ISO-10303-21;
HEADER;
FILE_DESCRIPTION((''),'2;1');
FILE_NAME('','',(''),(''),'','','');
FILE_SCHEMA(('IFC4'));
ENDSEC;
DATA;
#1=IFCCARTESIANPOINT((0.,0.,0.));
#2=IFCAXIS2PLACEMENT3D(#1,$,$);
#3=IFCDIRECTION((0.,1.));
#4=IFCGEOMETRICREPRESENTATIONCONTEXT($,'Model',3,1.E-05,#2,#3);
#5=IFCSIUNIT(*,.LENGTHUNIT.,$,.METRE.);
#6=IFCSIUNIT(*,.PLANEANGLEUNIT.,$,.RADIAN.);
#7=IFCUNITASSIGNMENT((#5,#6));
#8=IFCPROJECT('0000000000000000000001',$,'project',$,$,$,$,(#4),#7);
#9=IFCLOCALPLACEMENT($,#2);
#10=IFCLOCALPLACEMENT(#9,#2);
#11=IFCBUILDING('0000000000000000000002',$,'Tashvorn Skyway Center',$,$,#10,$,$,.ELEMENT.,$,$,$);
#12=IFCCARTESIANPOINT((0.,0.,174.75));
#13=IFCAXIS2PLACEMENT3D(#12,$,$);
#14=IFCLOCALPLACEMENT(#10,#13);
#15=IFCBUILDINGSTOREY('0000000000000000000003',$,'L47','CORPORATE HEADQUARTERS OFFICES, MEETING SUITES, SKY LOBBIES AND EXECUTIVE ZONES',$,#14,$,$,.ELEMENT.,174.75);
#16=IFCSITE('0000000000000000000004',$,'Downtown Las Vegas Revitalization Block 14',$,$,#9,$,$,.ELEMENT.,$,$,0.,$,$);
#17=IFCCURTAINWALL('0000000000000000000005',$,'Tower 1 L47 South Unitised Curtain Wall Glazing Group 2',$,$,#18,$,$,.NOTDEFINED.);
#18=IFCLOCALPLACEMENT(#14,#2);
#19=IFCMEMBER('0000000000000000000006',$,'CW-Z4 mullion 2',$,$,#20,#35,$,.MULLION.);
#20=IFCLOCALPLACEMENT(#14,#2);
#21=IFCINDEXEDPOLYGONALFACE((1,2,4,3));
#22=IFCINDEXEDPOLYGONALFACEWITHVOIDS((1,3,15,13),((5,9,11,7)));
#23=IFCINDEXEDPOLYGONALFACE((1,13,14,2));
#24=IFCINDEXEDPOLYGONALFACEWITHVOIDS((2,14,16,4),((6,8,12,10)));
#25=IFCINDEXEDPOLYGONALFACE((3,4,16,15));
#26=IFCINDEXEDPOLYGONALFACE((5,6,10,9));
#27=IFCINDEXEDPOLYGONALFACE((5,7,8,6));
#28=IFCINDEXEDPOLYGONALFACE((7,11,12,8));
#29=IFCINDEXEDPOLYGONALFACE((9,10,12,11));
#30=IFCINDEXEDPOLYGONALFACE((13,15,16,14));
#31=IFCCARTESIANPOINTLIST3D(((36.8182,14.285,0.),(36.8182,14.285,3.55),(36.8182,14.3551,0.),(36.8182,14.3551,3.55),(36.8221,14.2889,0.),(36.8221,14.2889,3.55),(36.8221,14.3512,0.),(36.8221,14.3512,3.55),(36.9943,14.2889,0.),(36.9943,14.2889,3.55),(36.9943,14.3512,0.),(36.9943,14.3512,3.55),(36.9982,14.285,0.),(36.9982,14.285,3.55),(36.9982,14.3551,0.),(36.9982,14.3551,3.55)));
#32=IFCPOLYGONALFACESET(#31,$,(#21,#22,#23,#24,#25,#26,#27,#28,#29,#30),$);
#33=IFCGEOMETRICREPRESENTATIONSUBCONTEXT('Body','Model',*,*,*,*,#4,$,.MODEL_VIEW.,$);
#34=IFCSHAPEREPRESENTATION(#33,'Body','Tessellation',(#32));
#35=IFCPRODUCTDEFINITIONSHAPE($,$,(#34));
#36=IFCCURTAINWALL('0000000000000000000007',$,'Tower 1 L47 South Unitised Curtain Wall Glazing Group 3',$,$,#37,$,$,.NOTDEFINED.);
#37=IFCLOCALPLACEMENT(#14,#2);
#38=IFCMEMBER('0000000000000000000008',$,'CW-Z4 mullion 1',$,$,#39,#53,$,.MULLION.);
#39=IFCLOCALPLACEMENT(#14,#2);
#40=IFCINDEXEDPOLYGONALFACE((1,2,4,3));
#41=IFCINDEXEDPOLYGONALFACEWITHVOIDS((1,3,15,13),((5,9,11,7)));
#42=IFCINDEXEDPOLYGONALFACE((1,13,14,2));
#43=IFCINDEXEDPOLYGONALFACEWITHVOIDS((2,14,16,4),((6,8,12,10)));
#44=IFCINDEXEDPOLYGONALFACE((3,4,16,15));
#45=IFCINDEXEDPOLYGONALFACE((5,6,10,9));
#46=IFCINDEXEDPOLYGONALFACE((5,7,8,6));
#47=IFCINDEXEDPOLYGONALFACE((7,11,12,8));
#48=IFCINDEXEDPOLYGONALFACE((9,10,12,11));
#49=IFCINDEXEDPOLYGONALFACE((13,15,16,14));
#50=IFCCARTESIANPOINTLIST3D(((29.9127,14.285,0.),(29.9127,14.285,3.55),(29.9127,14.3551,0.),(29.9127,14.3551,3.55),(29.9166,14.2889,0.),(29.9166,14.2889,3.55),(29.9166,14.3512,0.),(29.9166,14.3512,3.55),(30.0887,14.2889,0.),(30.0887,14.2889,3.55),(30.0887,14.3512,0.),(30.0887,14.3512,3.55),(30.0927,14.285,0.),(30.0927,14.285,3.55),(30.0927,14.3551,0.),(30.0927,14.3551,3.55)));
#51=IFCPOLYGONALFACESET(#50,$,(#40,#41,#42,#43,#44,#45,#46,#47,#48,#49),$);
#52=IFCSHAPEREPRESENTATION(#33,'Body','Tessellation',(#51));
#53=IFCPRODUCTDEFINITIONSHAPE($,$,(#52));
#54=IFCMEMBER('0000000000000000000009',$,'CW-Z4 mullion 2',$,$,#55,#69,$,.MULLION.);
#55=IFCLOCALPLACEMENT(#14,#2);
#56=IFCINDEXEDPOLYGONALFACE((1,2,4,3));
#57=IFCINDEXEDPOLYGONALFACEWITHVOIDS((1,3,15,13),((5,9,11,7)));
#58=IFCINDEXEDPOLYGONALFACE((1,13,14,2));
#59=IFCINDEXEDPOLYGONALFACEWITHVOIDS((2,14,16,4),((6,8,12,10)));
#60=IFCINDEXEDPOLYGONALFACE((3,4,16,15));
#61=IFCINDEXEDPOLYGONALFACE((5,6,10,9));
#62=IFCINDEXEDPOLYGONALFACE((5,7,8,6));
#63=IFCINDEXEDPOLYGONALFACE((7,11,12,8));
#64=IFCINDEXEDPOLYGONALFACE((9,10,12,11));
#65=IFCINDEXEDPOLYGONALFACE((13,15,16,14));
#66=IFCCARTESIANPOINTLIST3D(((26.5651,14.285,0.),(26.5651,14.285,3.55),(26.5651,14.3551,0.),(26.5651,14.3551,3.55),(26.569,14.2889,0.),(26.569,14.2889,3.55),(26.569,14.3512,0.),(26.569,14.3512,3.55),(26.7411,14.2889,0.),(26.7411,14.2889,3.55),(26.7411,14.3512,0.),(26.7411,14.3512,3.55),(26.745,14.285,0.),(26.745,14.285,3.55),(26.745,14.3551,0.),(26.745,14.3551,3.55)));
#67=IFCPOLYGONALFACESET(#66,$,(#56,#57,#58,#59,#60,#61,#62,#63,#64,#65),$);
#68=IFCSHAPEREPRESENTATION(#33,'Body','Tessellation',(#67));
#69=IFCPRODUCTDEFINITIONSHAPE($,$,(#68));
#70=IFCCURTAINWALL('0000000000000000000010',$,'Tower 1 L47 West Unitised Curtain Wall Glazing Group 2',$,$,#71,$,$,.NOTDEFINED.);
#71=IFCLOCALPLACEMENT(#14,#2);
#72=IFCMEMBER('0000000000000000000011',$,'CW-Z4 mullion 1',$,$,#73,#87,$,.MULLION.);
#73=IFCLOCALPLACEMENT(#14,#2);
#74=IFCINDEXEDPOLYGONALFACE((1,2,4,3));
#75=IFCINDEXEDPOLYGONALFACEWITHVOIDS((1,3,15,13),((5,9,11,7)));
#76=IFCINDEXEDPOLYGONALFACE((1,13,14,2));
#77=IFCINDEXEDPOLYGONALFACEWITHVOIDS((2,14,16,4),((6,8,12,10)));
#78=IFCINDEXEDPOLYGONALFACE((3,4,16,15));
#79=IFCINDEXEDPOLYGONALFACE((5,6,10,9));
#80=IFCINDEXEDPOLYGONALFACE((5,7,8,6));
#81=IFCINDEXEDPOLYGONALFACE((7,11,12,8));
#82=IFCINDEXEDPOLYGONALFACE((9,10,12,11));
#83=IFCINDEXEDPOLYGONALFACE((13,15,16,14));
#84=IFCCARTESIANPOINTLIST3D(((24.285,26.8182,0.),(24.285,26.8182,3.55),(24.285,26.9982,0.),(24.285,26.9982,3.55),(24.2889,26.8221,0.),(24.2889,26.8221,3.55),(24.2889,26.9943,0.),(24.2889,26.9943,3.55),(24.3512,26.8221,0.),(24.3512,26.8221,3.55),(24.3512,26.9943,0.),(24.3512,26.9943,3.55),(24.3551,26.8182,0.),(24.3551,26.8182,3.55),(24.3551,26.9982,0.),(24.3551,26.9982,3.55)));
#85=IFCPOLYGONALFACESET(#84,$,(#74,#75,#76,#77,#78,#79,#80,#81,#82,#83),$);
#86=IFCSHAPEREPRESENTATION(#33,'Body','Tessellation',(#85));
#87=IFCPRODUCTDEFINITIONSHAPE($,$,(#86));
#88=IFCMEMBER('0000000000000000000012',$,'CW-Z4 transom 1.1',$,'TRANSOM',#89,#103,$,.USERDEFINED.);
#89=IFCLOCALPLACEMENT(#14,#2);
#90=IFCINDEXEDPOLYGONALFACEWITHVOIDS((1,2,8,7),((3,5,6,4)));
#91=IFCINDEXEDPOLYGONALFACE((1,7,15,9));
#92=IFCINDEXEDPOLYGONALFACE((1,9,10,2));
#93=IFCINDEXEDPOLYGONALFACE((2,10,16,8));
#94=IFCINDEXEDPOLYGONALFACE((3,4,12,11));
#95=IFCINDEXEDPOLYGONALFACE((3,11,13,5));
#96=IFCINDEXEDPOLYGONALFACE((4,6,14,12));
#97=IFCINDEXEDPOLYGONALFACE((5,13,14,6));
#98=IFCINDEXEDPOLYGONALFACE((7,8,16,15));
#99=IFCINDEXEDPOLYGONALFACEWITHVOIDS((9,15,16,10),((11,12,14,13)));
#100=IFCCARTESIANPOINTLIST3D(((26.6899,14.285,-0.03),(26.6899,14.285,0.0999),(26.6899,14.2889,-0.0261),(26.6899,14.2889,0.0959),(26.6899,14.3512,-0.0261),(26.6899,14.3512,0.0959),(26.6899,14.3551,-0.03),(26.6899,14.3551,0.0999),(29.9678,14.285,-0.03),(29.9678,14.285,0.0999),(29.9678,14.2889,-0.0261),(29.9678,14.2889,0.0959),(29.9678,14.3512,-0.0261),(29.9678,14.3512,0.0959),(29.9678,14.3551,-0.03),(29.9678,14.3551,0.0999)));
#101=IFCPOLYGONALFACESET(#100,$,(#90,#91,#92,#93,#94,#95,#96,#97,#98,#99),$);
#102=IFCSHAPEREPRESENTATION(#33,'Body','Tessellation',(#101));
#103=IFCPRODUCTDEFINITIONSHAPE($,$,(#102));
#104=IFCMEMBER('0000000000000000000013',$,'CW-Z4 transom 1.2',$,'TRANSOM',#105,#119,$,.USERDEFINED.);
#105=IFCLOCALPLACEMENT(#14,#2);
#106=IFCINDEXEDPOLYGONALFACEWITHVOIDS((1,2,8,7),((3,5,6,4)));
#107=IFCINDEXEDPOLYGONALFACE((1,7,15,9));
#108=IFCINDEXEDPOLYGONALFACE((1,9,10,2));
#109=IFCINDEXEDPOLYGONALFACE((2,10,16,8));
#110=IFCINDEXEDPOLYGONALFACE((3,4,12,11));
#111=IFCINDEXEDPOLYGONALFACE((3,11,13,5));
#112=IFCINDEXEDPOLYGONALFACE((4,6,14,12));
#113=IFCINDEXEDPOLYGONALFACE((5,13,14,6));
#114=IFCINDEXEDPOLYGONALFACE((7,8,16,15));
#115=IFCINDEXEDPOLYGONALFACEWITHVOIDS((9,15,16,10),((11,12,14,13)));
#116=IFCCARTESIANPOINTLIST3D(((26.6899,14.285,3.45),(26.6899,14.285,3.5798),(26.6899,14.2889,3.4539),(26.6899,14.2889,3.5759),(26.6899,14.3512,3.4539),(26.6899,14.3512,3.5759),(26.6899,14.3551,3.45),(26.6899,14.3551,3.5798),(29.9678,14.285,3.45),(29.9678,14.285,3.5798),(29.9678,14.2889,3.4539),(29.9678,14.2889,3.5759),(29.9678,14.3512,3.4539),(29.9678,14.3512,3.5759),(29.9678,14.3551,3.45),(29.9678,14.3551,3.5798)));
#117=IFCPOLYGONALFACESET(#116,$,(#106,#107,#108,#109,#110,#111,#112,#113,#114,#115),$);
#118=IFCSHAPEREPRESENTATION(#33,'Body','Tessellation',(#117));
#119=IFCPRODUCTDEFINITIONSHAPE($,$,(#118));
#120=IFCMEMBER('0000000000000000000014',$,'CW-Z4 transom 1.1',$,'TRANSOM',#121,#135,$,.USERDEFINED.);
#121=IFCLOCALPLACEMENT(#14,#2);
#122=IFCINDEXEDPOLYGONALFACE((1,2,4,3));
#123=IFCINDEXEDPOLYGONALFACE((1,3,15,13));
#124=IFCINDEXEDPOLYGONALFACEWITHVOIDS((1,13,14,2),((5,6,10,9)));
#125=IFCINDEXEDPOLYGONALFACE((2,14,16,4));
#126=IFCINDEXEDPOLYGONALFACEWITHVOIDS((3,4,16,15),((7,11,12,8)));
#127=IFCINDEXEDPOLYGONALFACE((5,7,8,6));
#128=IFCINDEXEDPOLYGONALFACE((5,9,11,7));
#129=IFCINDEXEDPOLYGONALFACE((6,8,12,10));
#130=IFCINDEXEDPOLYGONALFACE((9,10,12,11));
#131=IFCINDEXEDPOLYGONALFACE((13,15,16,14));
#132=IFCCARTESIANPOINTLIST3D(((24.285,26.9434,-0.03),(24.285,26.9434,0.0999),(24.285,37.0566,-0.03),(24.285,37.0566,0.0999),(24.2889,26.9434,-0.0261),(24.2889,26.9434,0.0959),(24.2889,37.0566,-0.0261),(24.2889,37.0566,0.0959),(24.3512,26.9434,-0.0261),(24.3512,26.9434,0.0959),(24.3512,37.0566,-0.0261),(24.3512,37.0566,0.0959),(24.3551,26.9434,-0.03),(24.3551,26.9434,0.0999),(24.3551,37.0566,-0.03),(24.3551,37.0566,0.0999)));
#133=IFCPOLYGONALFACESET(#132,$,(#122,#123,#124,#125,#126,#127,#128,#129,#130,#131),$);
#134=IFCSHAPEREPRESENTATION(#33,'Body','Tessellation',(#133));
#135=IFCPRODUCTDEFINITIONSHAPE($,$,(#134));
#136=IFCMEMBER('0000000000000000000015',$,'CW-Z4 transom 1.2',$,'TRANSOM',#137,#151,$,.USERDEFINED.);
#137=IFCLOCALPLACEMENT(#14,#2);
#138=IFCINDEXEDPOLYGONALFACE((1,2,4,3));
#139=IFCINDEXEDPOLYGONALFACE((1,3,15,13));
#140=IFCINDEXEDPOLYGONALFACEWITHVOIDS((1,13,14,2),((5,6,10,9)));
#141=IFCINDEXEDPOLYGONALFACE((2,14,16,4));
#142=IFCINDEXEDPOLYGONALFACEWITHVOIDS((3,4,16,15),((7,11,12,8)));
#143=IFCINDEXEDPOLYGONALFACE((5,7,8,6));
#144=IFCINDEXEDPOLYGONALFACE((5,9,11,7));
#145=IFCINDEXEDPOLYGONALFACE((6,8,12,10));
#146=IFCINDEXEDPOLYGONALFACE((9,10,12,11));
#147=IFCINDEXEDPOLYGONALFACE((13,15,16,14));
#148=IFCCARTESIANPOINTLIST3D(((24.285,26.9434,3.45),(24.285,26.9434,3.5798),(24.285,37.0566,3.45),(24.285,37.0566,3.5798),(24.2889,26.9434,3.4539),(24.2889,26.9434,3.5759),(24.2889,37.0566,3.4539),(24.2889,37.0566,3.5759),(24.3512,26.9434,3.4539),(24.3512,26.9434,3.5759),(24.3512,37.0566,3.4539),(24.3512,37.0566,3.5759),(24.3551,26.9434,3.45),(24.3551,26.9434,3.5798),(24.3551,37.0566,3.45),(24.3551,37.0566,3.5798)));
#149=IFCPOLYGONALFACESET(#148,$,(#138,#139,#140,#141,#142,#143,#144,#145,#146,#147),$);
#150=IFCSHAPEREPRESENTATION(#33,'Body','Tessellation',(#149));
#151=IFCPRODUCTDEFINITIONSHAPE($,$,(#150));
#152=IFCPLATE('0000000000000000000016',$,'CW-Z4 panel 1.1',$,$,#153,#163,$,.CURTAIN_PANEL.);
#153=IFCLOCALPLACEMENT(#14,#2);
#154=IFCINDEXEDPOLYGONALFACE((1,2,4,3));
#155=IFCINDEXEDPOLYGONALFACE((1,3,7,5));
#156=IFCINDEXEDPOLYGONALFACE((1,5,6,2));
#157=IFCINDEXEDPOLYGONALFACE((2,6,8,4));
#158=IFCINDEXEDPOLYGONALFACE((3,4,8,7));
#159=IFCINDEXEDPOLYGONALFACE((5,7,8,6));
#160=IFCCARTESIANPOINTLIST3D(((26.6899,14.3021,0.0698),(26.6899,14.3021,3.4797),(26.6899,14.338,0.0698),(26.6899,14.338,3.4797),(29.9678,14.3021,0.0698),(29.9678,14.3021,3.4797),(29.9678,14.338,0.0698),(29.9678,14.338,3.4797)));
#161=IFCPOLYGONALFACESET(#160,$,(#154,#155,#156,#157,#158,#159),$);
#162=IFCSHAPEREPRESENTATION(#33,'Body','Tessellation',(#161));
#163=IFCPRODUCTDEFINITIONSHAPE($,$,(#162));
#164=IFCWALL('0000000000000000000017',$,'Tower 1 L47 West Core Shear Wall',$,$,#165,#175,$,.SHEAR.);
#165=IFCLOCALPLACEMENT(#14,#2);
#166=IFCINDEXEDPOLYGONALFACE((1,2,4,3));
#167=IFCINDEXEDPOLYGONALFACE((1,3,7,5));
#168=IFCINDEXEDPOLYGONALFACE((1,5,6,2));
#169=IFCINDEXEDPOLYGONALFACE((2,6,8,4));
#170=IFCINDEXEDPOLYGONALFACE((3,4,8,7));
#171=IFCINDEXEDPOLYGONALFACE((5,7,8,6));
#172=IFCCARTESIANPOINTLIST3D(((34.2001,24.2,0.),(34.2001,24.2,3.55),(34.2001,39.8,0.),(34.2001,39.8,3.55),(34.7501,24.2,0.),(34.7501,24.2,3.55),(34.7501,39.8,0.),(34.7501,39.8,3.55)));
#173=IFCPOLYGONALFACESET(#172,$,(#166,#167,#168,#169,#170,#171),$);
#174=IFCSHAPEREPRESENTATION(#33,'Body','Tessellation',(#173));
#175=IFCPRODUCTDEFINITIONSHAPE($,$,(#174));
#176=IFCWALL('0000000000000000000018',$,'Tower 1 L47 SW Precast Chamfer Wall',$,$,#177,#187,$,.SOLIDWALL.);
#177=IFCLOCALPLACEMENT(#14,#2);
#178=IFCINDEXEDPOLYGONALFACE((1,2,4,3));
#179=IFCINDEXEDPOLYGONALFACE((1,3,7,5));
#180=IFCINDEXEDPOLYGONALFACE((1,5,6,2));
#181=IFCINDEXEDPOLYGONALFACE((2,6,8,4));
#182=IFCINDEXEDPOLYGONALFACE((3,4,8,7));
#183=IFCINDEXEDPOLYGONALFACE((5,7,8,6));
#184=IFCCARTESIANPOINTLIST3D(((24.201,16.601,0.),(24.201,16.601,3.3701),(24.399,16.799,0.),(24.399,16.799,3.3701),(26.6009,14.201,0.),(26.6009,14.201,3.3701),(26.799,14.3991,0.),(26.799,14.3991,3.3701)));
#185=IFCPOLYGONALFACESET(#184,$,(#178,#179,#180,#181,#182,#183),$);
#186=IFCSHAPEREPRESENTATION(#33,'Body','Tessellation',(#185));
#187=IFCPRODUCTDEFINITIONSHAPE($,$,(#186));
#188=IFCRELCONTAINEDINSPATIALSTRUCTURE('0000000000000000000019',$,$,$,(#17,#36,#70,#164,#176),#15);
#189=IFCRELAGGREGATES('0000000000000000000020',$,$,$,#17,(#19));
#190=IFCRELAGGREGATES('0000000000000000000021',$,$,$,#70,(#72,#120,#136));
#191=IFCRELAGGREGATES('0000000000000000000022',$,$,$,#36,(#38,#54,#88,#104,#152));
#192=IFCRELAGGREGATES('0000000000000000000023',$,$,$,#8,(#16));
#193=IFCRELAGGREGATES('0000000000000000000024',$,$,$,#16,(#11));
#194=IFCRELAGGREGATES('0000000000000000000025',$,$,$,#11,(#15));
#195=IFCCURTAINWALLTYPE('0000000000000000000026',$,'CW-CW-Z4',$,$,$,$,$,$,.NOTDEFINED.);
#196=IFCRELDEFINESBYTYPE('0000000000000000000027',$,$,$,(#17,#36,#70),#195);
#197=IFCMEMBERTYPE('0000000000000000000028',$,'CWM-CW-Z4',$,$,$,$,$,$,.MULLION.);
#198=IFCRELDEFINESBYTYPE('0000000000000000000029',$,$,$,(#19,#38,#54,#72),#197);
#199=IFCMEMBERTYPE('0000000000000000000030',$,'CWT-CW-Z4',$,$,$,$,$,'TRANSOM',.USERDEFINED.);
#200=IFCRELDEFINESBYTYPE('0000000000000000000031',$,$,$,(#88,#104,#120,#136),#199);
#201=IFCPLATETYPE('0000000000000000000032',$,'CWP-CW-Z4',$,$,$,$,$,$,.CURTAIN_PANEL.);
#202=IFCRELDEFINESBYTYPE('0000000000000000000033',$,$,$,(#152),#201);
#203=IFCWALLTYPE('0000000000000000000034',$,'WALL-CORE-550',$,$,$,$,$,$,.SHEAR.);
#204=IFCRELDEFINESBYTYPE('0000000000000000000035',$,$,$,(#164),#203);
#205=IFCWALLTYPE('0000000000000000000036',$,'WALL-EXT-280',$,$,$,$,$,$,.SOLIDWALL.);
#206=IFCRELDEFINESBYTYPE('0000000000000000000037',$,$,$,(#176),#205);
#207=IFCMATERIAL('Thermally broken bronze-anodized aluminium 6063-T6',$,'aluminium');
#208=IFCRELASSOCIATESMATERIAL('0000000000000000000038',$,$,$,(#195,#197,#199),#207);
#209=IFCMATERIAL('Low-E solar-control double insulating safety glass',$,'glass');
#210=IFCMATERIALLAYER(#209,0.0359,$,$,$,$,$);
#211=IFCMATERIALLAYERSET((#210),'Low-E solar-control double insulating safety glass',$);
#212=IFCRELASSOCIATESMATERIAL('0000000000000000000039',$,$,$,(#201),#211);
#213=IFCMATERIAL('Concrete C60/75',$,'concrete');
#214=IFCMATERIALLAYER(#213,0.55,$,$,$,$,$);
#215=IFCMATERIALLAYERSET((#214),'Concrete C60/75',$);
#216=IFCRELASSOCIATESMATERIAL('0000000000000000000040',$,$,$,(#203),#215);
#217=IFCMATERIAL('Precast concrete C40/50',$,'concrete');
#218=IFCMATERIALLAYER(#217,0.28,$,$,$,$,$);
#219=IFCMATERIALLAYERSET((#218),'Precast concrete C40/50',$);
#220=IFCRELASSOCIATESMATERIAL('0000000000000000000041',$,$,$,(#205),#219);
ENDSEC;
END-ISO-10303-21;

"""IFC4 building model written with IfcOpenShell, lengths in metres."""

from ifc_helpers import new_model, si_unit, direction, frame, frame_2d, origin, origin_2d, place, context, subcontext, project, spatial, rectangle, hollow_rectangle, extrude, material, layer, layer_set, material_profile, profile_set, type_object, element, aggregate, save


model = new_model("IFC4")

# Units and contexts
model_context = context("Model", 3, precision=1e-05, world=origin(), true_north=direction((0.0, 1.0)))
body_context = subcontext(model_context, "Body", "Model", "MODEL_VIEW")
ifc_project = project(units=[si_unit("LENGTHUNIT", "METRE"), si_unit("PLANEANGLEUNIT", "RADIAN")], contexts=[model_context])

# Site, building, storey
site_placement = place(None, origin())
site = spatial("IfcSite", under=ifc_project, at=site_placement, Name="Downtown Las Vegas Revitalization Block 14", CompositionType="ELEMENT", RefElevation=0.0)
building_placement = place(site_placement, origin())
building = spatial("IfcBuilding", under=site, at=building_placement, Name="Tashvorn Skyway Center", CompositionType="ELEMENT")
storey_placement = place(building_placement, frame((0.0, 0.0, 174.75)))
storey = spatial("IfcBuildingStorey", under=building, at=storey_placement, Name="L47", Description="CORPORATE HEADQUARTERS OFFICES, MEETING SUITES, SKY LOBBIES AND EXECUTIVE ZONES", CompositionType="ELEMENT", Elevation=174.75)

# Curtain wall, member
ifc_material_1 = material(Name="Thermally broken bronze-anodized aluminium 6063-T6", Category="aluminium")
curtain_wall_type = type_object("IfcCurtainWallType", Name="CW-CW-Z4", PredefinedType="NOTDEFINED", material=ifc_material_1)
curtain_wall_1_placement = place(storey_placement, origin())
curtain_wall_1 = element("IfcCurtainWall", 1, at=curtain_wall_1_placement, inside=storey, type_object=curtain_wall_type, Name="Tower 1 L47 South Unitised Curtain Wall Glazing Group 2", PredefinedType="NOTDEFINED")
ifc_material_profile_1 = material_profile(ifc_material_1, hollow_rectangle(XDim=0.0701, YDim=0.1799, WallThickness=0.0039, at=origin_2d()), Name="ALU-MULL-70x180")
ifc_profile_set_1 = profile_set([ifc_material_profile_1], Name="Thermally broken bronze-anodized aluminium 6063-T6")
member_type_1 = type_object("IfcMemberType", Name="CWM-CW-Z4", PredefinedType="MULLION", material=ifc_profile_set_1)
member_1_placement = place(storey_placement, frame((36.9082, 14.3201, 0.0), z_axis=(0.0, 0.0, 1.0), x_axis=(0.0, -1.0, 0.0)))
member_1 = element("IfcMember", 2, at=member_1_placement, type_object=member_type_1, Name="CW-Z4 mullion 2", PredefinedType="MULLION", context=body_context, shape_type="SweptSolid", body=[
    extrude(hollow_rectangle(XDim=0.0701, YDim=0.1799, WallThickness=0.0039, at=origin_2d()), origin(), (0.0, 0.0, 1.0), 3.55),
])
aggregate(curtain_wall_1, [member_1])

# Curtain wall, members
curtain_wall_2_placement = place(storey_placement, origin())
curtain_wall_2 = element("IfcCurtainWall", 3, at=curtain_wall_2_placement, inside=storey, type_object=curtain_wall_type, Name="Tower 1 L47 South Unitised Curtain Wall Glazing Group 3", PredefinedType="NOTDEFINED")
member_2_placement = place(storey_placement, frame((30.0027, 14.3201, 0.0), z_axis=(0.0, 0.0, 1.0), x_axis=(0.0, -1.0, 0.0)))
member_2 = element("IfcMember", 4, at=member_2_placement, type_object=member_type_1, Name="CW-Z4 mullion 1", PredefinedType="MULLION", context=body_context, shape_type="SweptSolid", body=[
    extrude(hollow_rectangle(XDim=0.0701, YDim=0.1799, WallThickness=0.0039, at=origin_2d()), origin(), (0.0, 0.0, 1.0), 3.55),
])
member_3_placement = place(storey_placement, frame((26.655, 14.3201, 0.0), z_axis=(0.0, 0.0, 1.0), x_axis=(0.0, -1.0, 0.0)))
member_3 = element("IfcMember", 5, at=member_3_placement, type_object=member_type_1, Name="CW-Z4 mullion 2", PredefinedType="MULLION", context=body_context, shape_type="SweptSolid", body=[
    extrude(hollow_rectangle(XDim=0.0701, YDim=0.1799, WallThickness=0.0039, at=origin_2d()), origin(), (0.0, 0.0, 1.0), 3.55),
])

# Curtain wall, member
curtain_wall_3_placement = place(storey_placement, origin())
curtain_wall_3 = element("IfcCurtainWall", 6, at=curtain_wall_3_placement, inside=storey, type_object=curtain_wall_type, Name="Tower 1 L47 West Unitised Curtain Wall Glazing Group 2", PredefinedType="NOTDEFINED")
member_4_placement = place(storey_placement, frame((24.3201, 26.9082, 0.0), z_axis=(0.0, 0.0, 1.0), x_axis=(-1.0, 0.0, 0.0)))
member_4 = element("IfcMember", 7, at=member_4_placement, type_object=member_type_1, Name="CW-Z4 mullion 1", PredefinedType="MULLION", context=body_context, shape_type="SweptSolid", body=[
    extrude(hollow_rectangle(XDim=0.0701, YDim=0.1799, WallThickness=0.0039, at=origin_2d()), origin(), (0.0, 0.0, 1.0), 3.55),
])

# Members
ifc_material_profile_2 = material_profile(ifc_material_1, hollow_rectangle(XDim=0.0701, YDim=0.1299, WallThickness=0.0039, at=origin_2d()), Name="ALU-TRAN-70x130")
ifc_profile_set_2 = profile_set([ifc_material_profile_2], Name="Thermally broken bronze-anodized aluminium 6063-T6")
member_type_2 = type_object("IfcMemberType", Name="CWT-CW-Z4", ElementType="TRANSOM", PredefinedType="USERDEFINED", material=ifc_profile_set_2)
member_5_placement = place(storey_placement, frame((29.9678, 14.3201, 0.0349), z_axis=(-1.0, 0.0, 0.0), x_axis=(0.0, -1.0, 0.0)))
member_5 = element("IfcMember", 8, at=member_5_placement, type_object=member_type_2, Name="CW-Z4 transom 1.1", ObjectType="TRANSOM", PredefinedType="USERDEFINED", context=body_context, shape_type="SweptSolid", body=[
    extrude(hollow_rectangle(XDim=0.0701, YDim=0.1299, WallThickness=0.0039, at=origin_2d()), origin(), (0.0, 0.0, 1.0), 3.2778),
])
member_6_placement = place(storey_placement, frame((29.9678, 14.3201, 3.5149), z_axis=(-1.0, 0.0, 0.0), x_axis=(0.0, -1.0, 0.0)))
member_6 = element("IfcMember", 9, at=member_6_placement, type_object=member_type_2, Name="CW-Z4 transom 1.2", ObjectType="TRANSOM", PredefinedType="USERDEFINED", context=body_context, shape_type="SweptSolid", body=[
    extrude(hollow_rectangle(XDim=0.0701, YDim=0.1299, WallThickness=0.0039, at=origin_2d()), origin(), (0.0, 0.0, 1.0), 3.2778),
])
member_7_placement = place(storey_placement, frame((24.3201, 26.9434, 0.0349), z_axis=(0.0, 1.0, 0.0), x_axis=(-1.0, 0.0, 0.0)))
member_7 = element("IfcMember", 10, at=member_7_placement, type_object=member_type_2, Name="CW-Z4 transom 1.1", ObjectType="TRANSOM", PredefinedType="USERDEFINED", context=body_context, shape_type="SweptSolid", body=[
    extrude(hollow_rectangle(XDim=0.0701, YDim=0.1299, WallThickness=0.0039, at=origin_2d()), origin(), (0.0, 0.0, 1.0), 10.1133),
])
member_8_placement = place(storey_placement, frame((24.3201, 26.9434, 3.5149), z_axis=(0.0, 1.0, 0.0), x_axis=(-1.0, 0.0, 0.0)))
member_8 = element("IfcMember", 11, at=member_8_placement, type_object=member_type_2, Name="CW-Z4 transom 1.2", ObjectType="TRANSOM", PredefinedType="USERDEFINED", context=body_context, shape_type="SweptSolid", body=[
    extrude(hollow_rectangle(XDim=0.0701, YDim=0.1299, WallThickness=0.0039, at=origin_2d()), origin(), (0.0, 0.0, 1.0), 10.1133),
])
aggregate(curtain_wall_3, [member_4, member_7, member_8])

# Plate
ifc_material_2 = material(Name="Low-E solar-control double insulating safety glass", Category="glass")
ifc_layer_1 = layer(ifc_material_2, 0.0359)
ifc_layer_set_1 = layer_set([ifc_layer_1], Name="Low-E solar-control double insulating safety glass")
plate_type = type_object("IfcPlateType", Name="CWP-CW-Z4", PredefinedType="CURTAIN_PANEL", material=ifc_layer_set_1)
plate_placement = place(storey_placement, frame((28.3289, 14.3201, 0.0698), z_axis=(0.0, 0.0, 1.0), x_axis=(-1.0, 0.0, 0.0)))
plate = element("IfcPlate", 12, at=plate_placement, type_object=plate_type, Name="CW-Z4 panel 1.1", PredefinedType="CURTAIN_PANEL", context=body_context, shape_type="SweptSolid", body=[
    extrude(rectangle(XDim=3.2778, YDim=0.0359, at=origin_2d()), origin(), (0.0, 0.0, 1.0), 3.4099),
])
aggregate(curtain_wall_2, [member_2, member_3, member_5, member_6, plate])

# Walls
ifc_material_3 = material(Name="Concrete C60/75", Category="concrete")
ifc_layer_2 = layer(ifc_material_3, 0.55)
ifc_layer_set_2 = layer_set([ifc_layer_2], Name="Concrete C60/75")
wall_type_1 = type_object("IfcWallType", Name="WALL-CORE-550", PredefinedType="SHEAR", material=ifc_layer_set_2)
wall_1_placement = place(storey_placement, frame((34.4751, 24.2, 0.0), z_axis=(0.0, 0.0, 1.0), x_axis=(0.0, 1.0, 0.0)))
element("IfcWall", 13, at=wall_1_placement, inside=storey, type_object=wall_type_1, Name="Tower 1 L47 West Core Shear Wall", PredefinedType="SHEAR", context=body_context, shape_type="SweptSolid", body=[
    extrude(rectangle(XDim=15.6001, YDim=0.55, at=frame_2d((7.8, 0.0))), origin(), (0.0, 0.0, 1.0), 3.55),
])
ifc_material_4 = material(Name="Precast concrete C40/50", Category="concrete")
ifc_layer_3 = layer(ifc_material_4, 0.28)
ifc_layer_set_3 = layer_set([ifc_layer_3], Name="Precast concrete C40/50")
wall_type_2 = type_object("IfcWallType", Name="WALL-EXT-280", PredefinedType="SOLIDWALL", material=ifc_layer_set_3)
wall_2_placement = place(storey_placement, frame((26.7, 14.3, 0.0), z_axis=(0.0, 0.0, 1.0), x_axis=(-0.707107, 0.707107, 0.0)))
element("IfcWall", 14, at=wall_2_placement, inside=storey, type_object=wall_type_2, Name="Tower 1 L47 SW Precast Chamfer Wall", PredefinedType="SOLIDWALL", context=body_context, shape_type="SweptSolid", body=[
    extrude(rectangle(XDim=3.394, YDim=0.28, at=frame_2d((1.697, 0.0))), origin(), (0.0, 0.0, 1.0), 3.3701),
])

save(model, "model.ifc")
